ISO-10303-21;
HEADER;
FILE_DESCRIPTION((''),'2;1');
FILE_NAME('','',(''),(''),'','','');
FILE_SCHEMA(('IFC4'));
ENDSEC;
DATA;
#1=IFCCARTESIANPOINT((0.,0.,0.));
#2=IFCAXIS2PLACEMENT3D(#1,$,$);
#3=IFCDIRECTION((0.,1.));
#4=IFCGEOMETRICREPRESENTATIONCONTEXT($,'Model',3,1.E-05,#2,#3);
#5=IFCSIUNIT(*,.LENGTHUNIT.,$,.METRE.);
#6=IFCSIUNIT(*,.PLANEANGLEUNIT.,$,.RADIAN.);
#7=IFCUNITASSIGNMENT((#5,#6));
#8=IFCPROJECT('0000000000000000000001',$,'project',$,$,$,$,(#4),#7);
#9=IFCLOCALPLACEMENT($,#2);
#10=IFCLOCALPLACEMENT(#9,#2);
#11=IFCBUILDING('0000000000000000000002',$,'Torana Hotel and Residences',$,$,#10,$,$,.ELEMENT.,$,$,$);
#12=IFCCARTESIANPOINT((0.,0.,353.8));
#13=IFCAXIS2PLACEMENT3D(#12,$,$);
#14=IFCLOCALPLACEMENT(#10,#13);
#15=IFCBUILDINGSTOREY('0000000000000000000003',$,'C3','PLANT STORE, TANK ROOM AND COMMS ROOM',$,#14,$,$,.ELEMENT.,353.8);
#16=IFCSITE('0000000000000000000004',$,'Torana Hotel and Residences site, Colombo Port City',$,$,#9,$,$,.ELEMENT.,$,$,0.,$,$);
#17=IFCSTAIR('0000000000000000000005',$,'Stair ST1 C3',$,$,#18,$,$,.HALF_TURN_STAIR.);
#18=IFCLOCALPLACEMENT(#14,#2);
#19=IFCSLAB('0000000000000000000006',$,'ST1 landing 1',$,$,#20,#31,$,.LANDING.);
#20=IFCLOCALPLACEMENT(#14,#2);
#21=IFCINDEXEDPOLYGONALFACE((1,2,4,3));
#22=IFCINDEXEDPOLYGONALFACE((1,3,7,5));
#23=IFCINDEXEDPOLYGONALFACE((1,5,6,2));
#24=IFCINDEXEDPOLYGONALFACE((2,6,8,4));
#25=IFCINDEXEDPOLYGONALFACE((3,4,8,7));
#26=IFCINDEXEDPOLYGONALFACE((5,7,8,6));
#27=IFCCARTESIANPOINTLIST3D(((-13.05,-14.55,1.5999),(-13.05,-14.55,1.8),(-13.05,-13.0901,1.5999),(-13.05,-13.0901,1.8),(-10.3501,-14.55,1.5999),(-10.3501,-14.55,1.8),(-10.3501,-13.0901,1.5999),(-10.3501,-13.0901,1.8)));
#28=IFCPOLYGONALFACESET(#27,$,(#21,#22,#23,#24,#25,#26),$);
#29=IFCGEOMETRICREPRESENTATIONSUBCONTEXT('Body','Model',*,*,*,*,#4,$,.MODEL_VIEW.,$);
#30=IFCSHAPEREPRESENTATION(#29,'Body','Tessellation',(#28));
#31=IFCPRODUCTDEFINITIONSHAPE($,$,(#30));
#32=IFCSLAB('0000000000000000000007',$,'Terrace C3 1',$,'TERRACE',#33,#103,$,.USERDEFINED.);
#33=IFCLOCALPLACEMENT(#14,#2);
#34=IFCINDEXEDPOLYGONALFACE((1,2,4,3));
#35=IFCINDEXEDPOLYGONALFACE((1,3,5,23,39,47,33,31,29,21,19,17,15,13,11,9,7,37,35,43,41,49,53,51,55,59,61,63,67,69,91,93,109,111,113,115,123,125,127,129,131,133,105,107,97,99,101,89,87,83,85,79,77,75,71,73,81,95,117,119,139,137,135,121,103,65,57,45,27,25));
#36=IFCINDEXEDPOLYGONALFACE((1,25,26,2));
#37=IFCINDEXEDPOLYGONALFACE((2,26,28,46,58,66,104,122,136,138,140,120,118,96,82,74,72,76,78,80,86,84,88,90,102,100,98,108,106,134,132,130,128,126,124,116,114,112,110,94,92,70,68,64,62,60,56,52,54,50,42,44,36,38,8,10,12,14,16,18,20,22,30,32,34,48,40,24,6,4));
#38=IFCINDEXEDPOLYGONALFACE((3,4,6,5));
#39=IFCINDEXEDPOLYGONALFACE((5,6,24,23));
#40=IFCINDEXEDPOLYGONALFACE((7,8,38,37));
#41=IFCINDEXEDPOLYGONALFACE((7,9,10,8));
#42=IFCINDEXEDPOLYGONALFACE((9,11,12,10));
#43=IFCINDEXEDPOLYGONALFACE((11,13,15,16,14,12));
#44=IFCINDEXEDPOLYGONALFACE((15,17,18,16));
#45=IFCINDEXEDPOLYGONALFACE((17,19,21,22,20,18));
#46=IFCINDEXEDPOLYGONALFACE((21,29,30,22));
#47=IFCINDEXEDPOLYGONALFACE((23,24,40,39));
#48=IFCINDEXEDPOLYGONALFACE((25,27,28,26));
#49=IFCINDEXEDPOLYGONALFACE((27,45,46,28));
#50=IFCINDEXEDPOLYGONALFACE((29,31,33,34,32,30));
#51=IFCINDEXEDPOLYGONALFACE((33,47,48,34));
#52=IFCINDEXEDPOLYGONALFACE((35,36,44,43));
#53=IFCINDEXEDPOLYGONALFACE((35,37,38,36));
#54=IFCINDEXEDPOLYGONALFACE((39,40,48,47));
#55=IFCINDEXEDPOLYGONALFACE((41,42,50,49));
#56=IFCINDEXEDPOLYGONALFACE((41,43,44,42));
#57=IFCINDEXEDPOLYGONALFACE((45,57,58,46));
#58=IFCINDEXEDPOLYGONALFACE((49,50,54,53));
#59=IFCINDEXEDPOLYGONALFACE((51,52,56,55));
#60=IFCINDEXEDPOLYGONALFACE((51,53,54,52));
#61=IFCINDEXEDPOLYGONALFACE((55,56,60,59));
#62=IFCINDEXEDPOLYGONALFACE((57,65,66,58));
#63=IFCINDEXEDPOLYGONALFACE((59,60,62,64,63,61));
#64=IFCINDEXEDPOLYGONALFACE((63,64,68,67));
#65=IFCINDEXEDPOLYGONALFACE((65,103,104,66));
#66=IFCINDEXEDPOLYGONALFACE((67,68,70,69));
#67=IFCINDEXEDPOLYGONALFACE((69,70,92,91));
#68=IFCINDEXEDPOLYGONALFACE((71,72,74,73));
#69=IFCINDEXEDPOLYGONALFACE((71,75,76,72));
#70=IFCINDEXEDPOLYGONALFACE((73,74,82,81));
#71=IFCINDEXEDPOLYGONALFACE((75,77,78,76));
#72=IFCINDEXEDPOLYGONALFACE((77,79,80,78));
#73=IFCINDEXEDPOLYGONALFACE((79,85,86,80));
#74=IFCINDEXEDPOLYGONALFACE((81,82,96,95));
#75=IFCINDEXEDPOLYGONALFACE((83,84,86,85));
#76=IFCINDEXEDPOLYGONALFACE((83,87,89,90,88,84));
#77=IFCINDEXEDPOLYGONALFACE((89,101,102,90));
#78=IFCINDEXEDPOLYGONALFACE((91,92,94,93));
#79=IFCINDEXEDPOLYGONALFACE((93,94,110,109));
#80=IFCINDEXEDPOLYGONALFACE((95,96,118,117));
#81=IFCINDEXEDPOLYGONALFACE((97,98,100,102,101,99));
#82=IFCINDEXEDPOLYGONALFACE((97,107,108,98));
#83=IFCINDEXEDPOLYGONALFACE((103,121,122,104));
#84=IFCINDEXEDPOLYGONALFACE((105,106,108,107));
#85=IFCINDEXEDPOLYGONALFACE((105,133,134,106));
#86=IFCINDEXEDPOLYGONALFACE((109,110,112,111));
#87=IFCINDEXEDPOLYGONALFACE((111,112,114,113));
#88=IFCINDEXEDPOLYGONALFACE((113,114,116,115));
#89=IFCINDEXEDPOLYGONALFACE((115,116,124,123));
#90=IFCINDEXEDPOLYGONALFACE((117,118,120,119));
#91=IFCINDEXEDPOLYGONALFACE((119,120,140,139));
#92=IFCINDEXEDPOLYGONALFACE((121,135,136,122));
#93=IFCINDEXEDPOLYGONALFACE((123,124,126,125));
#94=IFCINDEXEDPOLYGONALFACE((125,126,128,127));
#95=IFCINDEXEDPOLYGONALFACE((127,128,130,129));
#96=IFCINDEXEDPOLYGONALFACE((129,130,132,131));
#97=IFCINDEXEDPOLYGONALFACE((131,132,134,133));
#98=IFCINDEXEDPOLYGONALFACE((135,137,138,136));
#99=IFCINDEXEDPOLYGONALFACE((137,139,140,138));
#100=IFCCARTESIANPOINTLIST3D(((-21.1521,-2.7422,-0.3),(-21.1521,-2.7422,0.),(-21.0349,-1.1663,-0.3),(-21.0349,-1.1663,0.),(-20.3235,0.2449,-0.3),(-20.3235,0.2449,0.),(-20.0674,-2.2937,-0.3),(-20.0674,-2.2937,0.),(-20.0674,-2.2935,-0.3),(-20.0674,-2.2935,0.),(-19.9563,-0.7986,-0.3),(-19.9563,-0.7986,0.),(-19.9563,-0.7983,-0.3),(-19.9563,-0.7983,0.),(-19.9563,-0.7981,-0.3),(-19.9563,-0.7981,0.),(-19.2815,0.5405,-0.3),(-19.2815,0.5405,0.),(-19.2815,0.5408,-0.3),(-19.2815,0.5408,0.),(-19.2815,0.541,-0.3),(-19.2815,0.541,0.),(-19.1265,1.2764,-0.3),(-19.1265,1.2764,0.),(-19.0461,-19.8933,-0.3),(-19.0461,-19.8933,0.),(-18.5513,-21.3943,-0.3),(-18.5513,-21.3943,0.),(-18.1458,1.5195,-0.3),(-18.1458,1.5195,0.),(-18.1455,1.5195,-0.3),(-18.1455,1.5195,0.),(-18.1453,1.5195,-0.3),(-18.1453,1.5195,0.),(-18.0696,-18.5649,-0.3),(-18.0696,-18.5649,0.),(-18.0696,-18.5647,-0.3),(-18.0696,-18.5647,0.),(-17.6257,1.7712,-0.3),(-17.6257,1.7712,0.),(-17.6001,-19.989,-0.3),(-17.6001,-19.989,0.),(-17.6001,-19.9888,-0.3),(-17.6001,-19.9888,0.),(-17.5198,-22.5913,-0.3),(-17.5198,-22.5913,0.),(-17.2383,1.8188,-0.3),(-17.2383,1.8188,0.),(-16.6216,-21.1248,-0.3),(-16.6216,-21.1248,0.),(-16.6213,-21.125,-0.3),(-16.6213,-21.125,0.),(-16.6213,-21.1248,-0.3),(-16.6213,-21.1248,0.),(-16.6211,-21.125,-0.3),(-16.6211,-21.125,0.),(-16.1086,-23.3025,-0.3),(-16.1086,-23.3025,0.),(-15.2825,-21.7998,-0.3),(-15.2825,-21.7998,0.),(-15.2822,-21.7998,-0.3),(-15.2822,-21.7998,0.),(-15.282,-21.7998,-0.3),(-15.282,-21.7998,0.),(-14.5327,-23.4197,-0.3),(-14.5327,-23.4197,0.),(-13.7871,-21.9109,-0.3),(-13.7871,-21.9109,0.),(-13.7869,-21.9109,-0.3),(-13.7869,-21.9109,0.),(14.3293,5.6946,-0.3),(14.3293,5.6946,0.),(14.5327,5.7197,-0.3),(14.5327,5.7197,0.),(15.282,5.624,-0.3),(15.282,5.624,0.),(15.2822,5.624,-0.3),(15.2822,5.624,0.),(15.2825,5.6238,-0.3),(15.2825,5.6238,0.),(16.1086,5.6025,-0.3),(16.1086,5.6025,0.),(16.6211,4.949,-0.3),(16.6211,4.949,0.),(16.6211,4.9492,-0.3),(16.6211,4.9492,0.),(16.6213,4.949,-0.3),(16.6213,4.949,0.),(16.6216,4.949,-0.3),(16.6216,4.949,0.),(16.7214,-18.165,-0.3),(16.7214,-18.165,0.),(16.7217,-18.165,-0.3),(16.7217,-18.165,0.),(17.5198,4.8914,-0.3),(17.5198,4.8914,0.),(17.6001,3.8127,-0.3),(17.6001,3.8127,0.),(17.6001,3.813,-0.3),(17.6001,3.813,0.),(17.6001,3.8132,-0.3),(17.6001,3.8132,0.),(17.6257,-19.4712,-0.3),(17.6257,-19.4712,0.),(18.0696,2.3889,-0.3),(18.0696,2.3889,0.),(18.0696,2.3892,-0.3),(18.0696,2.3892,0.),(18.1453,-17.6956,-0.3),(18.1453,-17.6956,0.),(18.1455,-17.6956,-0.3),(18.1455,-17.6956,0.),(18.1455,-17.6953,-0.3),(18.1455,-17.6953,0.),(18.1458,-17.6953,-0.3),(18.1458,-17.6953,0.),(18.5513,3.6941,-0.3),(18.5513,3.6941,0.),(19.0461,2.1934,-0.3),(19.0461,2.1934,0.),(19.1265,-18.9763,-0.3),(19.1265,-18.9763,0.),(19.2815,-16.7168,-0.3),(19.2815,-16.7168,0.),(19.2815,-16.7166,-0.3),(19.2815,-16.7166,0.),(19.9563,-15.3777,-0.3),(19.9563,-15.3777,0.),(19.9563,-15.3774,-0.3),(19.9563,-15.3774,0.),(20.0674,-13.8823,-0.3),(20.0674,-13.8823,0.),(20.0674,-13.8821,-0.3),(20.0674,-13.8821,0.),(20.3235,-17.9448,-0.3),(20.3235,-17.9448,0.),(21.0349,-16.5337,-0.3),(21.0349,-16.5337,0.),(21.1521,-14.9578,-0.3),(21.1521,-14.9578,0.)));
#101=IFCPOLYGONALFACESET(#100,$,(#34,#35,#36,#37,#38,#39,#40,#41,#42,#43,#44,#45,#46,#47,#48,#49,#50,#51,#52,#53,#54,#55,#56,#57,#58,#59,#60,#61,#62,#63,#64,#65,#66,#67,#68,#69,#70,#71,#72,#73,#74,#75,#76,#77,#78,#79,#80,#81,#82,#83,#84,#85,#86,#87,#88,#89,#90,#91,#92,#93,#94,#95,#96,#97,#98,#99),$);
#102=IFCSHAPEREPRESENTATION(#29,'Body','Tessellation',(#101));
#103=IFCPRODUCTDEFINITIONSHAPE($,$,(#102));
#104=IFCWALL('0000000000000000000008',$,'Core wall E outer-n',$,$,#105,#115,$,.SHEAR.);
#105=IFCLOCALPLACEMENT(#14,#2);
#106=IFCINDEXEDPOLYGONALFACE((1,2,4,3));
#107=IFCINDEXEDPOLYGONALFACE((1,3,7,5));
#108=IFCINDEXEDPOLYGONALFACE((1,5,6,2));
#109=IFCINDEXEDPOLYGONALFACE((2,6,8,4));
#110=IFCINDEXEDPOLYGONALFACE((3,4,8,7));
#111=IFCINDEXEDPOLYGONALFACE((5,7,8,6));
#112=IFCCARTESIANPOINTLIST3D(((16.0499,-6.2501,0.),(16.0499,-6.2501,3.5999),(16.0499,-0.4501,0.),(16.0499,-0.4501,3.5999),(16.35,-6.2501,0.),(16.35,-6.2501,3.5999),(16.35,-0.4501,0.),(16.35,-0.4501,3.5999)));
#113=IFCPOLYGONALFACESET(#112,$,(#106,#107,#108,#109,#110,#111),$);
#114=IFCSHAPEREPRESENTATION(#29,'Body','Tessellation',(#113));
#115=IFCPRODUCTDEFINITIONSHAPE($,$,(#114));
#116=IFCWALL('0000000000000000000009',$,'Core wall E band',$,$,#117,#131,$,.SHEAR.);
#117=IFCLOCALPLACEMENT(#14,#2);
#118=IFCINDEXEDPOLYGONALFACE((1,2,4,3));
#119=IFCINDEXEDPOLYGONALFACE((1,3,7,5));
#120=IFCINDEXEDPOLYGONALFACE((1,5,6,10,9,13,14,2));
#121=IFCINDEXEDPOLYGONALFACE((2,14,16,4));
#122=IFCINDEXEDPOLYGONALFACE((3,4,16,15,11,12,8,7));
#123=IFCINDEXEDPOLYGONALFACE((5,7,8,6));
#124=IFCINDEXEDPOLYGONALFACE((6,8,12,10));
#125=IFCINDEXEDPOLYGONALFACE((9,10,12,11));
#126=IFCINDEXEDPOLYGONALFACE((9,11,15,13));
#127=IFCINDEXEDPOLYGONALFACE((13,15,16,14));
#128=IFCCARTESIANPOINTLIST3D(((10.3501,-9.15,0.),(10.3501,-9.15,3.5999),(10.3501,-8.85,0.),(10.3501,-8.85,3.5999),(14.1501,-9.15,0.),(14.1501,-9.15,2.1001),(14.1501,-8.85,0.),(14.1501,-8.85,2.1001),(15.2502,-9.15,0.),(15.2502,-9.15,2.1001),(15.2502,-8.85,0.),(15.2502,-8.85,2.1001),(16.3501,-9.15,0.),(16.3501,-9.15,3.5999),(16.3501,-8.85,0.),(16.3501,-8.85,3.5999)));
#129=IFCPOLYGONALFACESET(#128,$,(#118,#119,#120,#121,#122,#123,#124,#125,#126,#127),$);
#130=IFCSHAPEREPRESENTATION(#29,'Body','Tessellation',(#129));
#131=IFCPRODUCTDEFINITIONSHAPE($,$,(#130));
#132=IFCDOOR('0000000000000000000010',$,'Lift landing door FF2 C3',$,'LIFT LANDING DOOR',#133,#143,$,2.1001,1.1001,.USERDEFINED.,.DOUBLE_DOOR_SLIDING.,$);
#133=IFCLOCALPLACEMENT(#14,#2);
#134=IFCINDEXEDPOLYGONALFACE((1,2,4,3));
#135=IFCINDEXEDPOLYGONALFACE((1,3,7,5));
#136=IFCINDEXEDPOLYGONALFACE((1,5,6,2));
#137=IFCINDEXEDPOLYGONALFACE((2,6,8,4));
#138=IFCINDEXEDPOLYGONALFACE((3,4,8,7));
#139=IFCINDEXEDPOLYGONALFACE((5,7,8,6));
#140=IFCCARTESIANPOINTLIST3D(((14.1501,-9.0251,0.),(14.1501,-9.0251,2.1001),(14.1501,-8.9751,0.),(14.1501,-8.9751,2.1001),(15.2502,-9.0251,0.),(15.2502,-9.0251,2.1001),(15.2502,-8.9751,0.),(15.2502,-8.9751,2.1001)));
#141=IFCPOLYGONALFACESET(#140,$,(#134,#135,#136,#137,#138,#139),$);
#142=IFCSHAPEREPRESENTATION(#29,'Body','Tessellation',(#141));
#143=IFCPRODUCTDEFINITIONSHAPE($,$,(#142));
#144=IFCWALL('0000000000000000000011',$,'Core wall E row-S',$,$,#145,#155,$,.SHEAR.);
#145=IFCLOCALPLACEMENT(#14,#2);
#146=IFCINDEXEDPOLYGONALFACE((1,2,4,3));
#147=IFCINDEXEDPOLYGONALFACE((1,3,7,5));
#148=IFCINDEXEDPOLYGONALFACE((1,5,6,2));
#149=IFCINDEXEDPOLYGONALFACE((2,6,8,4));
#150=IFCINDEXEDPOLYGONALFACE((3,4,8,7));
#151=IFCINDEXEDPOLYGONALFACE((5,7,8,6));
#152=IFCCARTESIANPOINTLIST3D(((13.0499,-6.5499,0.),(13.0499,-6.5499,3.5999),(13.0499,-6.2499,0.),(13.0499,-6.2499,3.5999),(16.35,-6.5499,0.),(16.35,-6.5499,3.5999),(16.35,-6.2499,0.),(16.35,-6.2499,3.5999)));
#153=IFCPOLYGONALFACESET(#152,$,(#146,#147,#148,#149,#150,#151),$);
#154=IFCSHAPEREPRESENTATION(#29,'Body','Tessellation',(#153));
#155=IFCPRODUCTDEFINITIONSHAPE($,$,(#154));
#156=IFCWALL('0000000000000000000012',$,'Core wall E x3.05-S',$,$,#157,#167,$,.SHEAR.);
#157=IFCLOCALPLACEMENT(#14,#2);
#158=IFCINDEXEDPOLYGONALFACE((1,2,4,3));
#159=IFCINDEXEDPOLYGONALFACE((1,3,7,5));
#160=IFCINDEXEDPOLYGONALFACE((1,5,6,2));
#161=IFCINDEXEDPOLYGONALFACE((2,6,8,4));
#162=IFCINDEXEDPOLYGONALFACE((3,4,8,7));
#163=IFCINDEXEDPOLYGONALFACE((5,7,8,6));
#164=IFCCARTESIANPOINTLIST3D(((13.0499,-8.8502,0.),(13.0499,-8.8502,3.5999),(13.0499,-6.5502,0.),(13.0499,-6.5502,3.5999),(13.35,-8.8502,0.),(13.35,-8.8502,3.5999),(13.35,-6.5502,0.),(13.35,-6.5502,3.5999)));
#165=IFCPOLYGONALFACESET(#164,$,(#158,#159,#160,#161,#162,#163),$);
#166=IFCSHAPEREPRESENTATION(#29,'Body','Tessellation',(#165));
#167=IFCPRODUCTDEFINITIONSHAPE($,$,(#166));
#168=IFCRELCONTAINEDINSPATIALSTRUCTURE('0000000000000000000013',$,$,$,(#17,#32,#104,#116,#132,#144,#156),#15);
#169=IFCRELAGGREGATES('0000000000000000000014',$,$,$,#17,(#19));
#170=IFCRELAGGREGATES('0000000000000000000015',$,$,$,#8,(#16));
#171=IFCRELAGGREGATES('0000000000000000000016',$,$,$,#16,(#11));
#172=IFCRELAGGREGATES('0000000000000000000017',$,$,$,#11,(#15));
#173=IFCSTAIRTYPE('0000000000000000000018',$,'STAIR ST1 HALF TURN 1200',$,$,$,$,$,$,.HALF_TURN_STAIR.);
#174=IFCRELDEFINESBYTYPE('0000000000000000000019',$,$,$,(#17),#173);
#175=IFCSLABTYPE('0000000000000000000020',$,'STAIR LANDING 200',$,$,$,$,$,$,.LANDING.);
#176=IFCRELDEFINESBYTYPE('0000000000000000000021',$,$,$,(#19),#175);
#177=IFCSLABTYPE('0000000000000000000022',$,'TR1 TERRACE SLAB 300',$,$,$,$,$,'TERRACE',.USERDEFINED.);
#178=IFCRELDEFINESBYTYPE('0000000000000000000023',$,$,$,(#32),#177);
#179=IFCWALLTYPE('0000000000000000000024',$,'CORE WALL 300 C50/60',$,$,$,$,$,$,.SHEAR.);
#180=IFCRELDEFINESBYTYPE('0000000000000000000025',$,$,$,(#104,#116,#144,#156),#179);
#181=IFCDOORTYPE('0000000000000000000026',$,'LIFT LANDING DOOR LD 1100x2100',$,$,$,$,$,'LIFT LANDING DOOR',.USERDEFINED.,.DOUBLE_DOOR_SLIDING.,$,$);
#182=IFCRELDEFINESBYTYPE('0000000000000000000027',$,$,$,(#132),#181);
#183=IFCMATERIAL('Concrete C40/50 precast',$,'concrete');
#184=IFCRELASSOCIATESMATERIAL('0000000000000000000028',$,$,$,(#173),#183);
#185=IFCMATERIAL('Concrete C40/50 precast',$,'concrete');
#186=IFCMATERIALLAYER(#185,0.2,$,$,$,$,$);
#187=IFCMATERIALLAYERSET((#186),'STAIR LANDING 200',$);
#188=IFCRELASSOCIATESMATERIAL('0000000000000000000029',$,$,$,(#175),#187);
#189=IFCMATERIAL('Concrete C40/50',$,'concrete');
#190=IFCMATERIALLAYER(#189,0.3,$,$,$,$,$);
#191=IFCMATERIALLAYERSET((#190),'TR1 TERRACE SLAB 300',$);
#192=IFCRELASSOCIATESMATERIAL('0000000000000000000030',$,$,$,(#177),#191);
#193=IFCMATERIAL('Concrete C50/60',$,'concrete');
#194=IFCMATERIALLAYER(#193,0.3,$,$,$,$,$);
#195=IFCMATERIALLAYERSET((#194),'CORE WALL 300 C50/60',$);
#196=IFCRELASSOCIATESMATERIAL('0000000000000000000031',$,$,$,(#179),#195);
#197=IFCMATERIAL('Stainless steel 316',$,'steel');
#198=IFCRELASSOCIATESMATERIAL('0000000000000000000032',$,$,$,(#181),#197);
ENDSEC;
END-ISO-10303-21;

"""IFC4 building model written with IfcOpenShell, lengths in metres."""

from ifc_helpers import new_model, si_unit, direction, frame, frame_2d, origin, place, context, subcontext, project, spatial, polyline, rectangle, outline, extrude, material, layer, layer_set, type_object, element, fill, aggregate, save


model = new_model("IFC4")

# Units and contexts
model_context = context("Model", 3, precision=1e-05, world=origin(), true_north=direction((0.0, 1.0)))
body_context = subcontext(model_context, "Body", "Model", "MODEL_VIEW")
ifc_project = project(units=[si_unit("LENGTHUNIT", "METRE"), si_unit("PLANEANGLEUNIT", "RADIAN")], contexts=[model_context])

# Site, building, storey
site_placement = place(None, origin())
site = spatial("IfcSite", under=ifc_project, at=site_placement, Name="Torana Hotel and Residences site, Colombo Port City", CompositionType="ELEMENT", RefElevation=0.0)
building_placement = place(site_placement, origin())
building = spatial("IfcBuilding", under=site, at=building_placement, Name="Torana Hotel and Residences", CompositionType="ELEMENT")
storey_placement = place(building_placement, frame((0.0, 0.0, 353.8)))
storey = spatial("IfcBuildingStorey", under=building, at=storey_placement, Name="C3", Description="PLANT STORE, TANK ROOM AND COMMS ROOM", CompositionType="ELEMENT", Elevation=353.8)

# Stair, slab
ifc_material_1 = material(Name="Concrete C40/50 precast", Category="concrete")
stair_type_1 = type_object("IfcStairType", Name="STAIR ST1 HALF TURN 1200", PredefinedType="HALF_TURN_STAIR", material=ifc_material_1)
stair_1_placement = place(storey_placement, origin())
stair_1 = element("IfcStair", 1, at=stair_1_placement, inside=storey, type_object=stair_type_1, Name="Stair ST1 C3", PredefinedType="HALF_TURN_STAIR")
ifc_material_2 = material(Name="Concrete C40/50 precast", Category="concrete")
ifc_layer_1 = layer(ifc_material_2, 0.2)
ifc_layer_set_1 = layer_set([ifc_layer_1], Name="STAIR LANDING 200")
slab_type_1 = type_object("IfcSlabType", Name="STAIR LANDING 200", PredefinedType="LANDING", material=ifc_layer_set_1)
slab_1_placement = place(storey_placement, frame((0.0, 0.0, 1.5999)))
slab_1 = element("IfcSlab", 2, at=slab_1_placement, type_object=slab_type_1, Name="ST1 landing 1", PredefinedType="LANDING", context=body_context, shape_type="SweptSolid", body=[
    extrude(outline(polyline([(-13.05, -14.55), (-10.3501, -14.55), (-10.3501, -13.0901), (-13.05, -13.0901), (-13.05, -14.55)])), origin(), (0.0, 0.0, 1.0), 0.2002),
])
aggregate(stair_1, [slab_1])

# Slab
ifc_material_3 = material(Name="Concrete C40/50", Category="concrete")
ifc_layer_2 = layer(ifc_material_3, 0.3)
ifc_layer_set_2 = layer_set([ifc_layer_2], Name="TR1 TERRACE SLAB 300")
slab_type_2 = type_object("IfcSlabType", Name="TR1 TERRACE SLAB 300", ElementType="TERRACE", PredefinedType="USERDEFINED", material=ifc_layer_set_2)
slab_2_placement = place(storey_placement, frame((0.0, 0.0, -0.3)))
element("IfcSlab", 3, at=slab_2_placement, inside=storey, type_object=slab_type_2, Name="Terrace C3 1", ObjectType="TERRACE", PredefinedType="USERDEFINED", context=body_context, shape_type="SweptSolid", body=[
    extrude(outline(polyline([(14.5327, 5.7197), (16.1086, 5.6025), (17.5198, 4.8914), (18.5513, 3.6941), (19.0461, 2.1934), (21.1521, -14.9578), (21.0349, -16.5337), (20.3235, -17.9448), (19.1265, -18.9763), (17.6257, -19.4712), (-14.5327, -23.4197), (-16.1086, -23.3025), (-17.5198, -22.5913), (-18.5513, -21.3943), (-19.0461, -19.8933), (-21.1521, -2.7422), (-21.0349, -1.1663), (-20.3235, 0.2449), (-19.1265, 1.2764), (-17.6257, 1.7712), (-17.2383, 1.8188), (-18.1453, 1.5195), (-18.1455, 1.5195), (-18.1455, 1.5195), (-18.1455, 1.5195), (-18.1458, 1.5195), (-19.2815, 0.541), (-19.2815, 0.5408), (-19.2815, 0.5408), (-19.2815, 0.5405), (-19.2815, 0.5405), (-19.9563, -0.7981), (-19.9563, -0.7981), (-19.9563, -0.7983), (-19.9563, -0.7983), (-19.9563, -0.7986), (-20.0674, -2.2935), (-20.0674, -2.2937), (-20.0674, -2.2937), (-18.0696, -18.5647), (-18.0696, -18.5649), (-18.0696, -18.5649), (-17.6001, -19.9888), (-17.6001, -19.9888), (-17.6001, -19.989), (-17.6001, -19.989), (-17.6001, -19.989), (-16.6216, -21.1248), (-16.6213, -21.1248), (-16.6213, -21.125), (-16.6211, -21.125), (-16.6211, -21.125), (-15.2825, -21.7998), (-15.2825, -21.7998), (-15.2822, -21.7998), (-15.2822, -21.7998), (-15.282, -21.7998), (-13.7871, -21.9109), (-13.7871, -21.9109), (-13.7869, -21.9109), (16.7214, -18.165), (16.7214, -18.165), (16.7217, -18.165), (18.1453, -17.6956), (18.1455, -17.6956), (18.1455, -17.6956), (18.1455, -17.6953), (18.1458, -17.6953), (19.2815, -16.7168), (19.2815, -16.7168), (19.2815, -16.7166), (19.2815, -16.7166), (19.2815, -16.7166), (19.9563, -15.3777), (19.9563, -15.3777), (19.9563, -15.3777), (19.9563, -15.3774), (19.9563, -15.3774), (20.0674, -13.8823), (20.0674, -13.8823), (20.0674, -13.8821), (18.0696, 2.3889), (18.0696, 2.3889), (18.0696, 2.3892), (17.6001, 3.8127), (17.6001, 3.813), (17.6001, 3.813), (17.6001, 3.813), (17.6001, 3.8132), (16.6216, 4.949), (16.6213, 4.949), (16.6213, 4.949), (16.6211, 4.949), (16.6211, 4.9492), (15.2825, 5.6238), (15.2825, 5.6238), (15.2822, 5.624), (15.2822, 5.624), (15.282, 5.624), (14.3293, 5.6946), (14.5327, 5.7197)])), origin(), (0.0, 0.0, 1.0), 0.3),
])

# Wall
ifc_material_4 = material(Name="Concrete C50/60", Category="concrete")
ifc_layer_3 = layer(ifc_material_4, 0.3)
ifc_layer_set_3 = layer_set([ifc_layer_3], Name="CORE WALL 300 C50/60")
wall_type_1 = type_object("IfcWallType", Name="CORE WALL 300 C50/60", PredefinedType="SHEAR", material=ifc_layer_set_3)
wall_1_placement = place(storey_placement, frame((16.2, -6.25, 0.0), z_axis=(0.0, 0.0, 1.0), x_axis=(0.0, 1.0, 0.0)))
element("IfcWall", 4, at=wall_1_placement, inside=storey, type_object=wall_type_1, Name="Core wall E outer-n", PredefinedType="SHEAR", context=body_context, shape_type="SweptSolid", body=[
    extrude(rectangle(XDim=5.8, YDim=0.3, at=frame_2d((2.8999, 0.0))), origin(), (0.0, 0.0, 1.0), 3.5999),
])

# Wall, opening, door
wall_2_placement = place(storey_placement, frame((10.3501, -9.0, 0.0), z_axis=(0.0, 0.0, 1.0), x_axis=(1.0, 0.0, 0.0)))
wall_2 = element("IfcWall", 5, at=wall_2_placement, inside=storey, type_object=wall_type_1, Name="Core wall E band", PredefinedType="SHEAR", context=body_context, shape_type="SweptSolid", body=[
    extrude(rectangle(XDim=6.0, YDim=0.3, at=frame_2d((3.0, 0.0))), origin(), (0.0, 0.0, 1.0), 3.5999),
])
opening_1_placement = place(wall_2_placement, frame((3.8, 0.0, 0.0)))
opening_1 = element("IfcOpeningElement", 6, at=opening_1_placement, cuts=wall_2, PredefinedType="OPENING", context=body_context, shape_type="SweptSolid", body=[
    extrude(rectangle(XDim=1.1001, YDim=2.1001, at=frame_2d((0.55, 1.05))), frame((0.0, 0.1599, 0.0), z_axis=(0.0, -1.0, 0.0), x_axis=(1.0, 0.0, 0.0)), (0.0, 0.0, 1.0), 0.3201),
])
ifc_material_5 = material(Name="Stainless steel 316", Category="steel")
door_type_1 = type_object("IfcDoorType", Name="LIFT LANDING DOOR LD 1100x2100", ElementType="LIFT LANDING DOOR", OperationType="DOUBLE_DOOR_SLIDING", PredefinedType="USERDEFINED", material=ifc_material_5)
door_1_placement = place(opening_1_placement, origin())
door_1 = element("IfcDoor", 7, at=door_1_placement, inside=storey, type_object=door_type_1, Name="Lift landing door FF2 C3", ObjectType="LIFT LANDING DOOR", OperationType="DOUBLE_DOOR_SLIDING", OverallHeight=2.1001, OverallWidth=1.1001, PredefinedType="USERDEFINED", context=body_context, shape_type="SweptSolid", body=[
    extrude(rectangle(XDim=1.1001, YDim=2.1001, at=frame_2d((0.55, 1.05))), frame((0.0, 0.0249, 0.0), z_axis=(0.0, -1.0, 0.0), x_axis=(1.0, 0.0, 0.0)), (0.0, 0.0, 1.0), 0.05),
])
fill(opening_1, door_1)

# Walls
wall_3_placement = place(storey_placement, frame((13.05, -6.3999, 0.0), z_axis=(0.0, 0.0, 1.0), x_axis=(1.0, 0.0, 0.0)))
element("IfcWall", 8, at=wall_3_placement, inside=storey, type_object=wall_type_1, Name="Core wall E row-S", PredefinedType="SHEAR", context=body_context, shape_type="SweptSolid", body=[
    extrude(rectangle(XDim=3.3, YDim=0.3, at=frame_2d((1.6499, 0.0))), origin(), (0.0, 0.0, 1.0), 3.5999),
])
for number, where, z_axis, x_axis, name in (
    (9, (13.2, -8.8501, 0.0), (0.0, 0.0, 1.0), (0.0, 1.0, 0.0), "Core wall E x3.05-S"),
):
    element("IfcWall", number, at=place(storey_placement, frame(where, z_axis=z_axis, x_axis=x_axis)), inside=storey, type_object=wall_type_1, Name=name, PredefinedType="SHEAR", context=body_context, shape_type="SweptSolid", body=[
        extrude(rectangle(XDim=2.3, YDim=0.3, at=frame_2d((1.1499, 0.0))), origin(), (0.0, 0.0, 1.0), 3.5999),
    ])

save(model, "model.ifc")
